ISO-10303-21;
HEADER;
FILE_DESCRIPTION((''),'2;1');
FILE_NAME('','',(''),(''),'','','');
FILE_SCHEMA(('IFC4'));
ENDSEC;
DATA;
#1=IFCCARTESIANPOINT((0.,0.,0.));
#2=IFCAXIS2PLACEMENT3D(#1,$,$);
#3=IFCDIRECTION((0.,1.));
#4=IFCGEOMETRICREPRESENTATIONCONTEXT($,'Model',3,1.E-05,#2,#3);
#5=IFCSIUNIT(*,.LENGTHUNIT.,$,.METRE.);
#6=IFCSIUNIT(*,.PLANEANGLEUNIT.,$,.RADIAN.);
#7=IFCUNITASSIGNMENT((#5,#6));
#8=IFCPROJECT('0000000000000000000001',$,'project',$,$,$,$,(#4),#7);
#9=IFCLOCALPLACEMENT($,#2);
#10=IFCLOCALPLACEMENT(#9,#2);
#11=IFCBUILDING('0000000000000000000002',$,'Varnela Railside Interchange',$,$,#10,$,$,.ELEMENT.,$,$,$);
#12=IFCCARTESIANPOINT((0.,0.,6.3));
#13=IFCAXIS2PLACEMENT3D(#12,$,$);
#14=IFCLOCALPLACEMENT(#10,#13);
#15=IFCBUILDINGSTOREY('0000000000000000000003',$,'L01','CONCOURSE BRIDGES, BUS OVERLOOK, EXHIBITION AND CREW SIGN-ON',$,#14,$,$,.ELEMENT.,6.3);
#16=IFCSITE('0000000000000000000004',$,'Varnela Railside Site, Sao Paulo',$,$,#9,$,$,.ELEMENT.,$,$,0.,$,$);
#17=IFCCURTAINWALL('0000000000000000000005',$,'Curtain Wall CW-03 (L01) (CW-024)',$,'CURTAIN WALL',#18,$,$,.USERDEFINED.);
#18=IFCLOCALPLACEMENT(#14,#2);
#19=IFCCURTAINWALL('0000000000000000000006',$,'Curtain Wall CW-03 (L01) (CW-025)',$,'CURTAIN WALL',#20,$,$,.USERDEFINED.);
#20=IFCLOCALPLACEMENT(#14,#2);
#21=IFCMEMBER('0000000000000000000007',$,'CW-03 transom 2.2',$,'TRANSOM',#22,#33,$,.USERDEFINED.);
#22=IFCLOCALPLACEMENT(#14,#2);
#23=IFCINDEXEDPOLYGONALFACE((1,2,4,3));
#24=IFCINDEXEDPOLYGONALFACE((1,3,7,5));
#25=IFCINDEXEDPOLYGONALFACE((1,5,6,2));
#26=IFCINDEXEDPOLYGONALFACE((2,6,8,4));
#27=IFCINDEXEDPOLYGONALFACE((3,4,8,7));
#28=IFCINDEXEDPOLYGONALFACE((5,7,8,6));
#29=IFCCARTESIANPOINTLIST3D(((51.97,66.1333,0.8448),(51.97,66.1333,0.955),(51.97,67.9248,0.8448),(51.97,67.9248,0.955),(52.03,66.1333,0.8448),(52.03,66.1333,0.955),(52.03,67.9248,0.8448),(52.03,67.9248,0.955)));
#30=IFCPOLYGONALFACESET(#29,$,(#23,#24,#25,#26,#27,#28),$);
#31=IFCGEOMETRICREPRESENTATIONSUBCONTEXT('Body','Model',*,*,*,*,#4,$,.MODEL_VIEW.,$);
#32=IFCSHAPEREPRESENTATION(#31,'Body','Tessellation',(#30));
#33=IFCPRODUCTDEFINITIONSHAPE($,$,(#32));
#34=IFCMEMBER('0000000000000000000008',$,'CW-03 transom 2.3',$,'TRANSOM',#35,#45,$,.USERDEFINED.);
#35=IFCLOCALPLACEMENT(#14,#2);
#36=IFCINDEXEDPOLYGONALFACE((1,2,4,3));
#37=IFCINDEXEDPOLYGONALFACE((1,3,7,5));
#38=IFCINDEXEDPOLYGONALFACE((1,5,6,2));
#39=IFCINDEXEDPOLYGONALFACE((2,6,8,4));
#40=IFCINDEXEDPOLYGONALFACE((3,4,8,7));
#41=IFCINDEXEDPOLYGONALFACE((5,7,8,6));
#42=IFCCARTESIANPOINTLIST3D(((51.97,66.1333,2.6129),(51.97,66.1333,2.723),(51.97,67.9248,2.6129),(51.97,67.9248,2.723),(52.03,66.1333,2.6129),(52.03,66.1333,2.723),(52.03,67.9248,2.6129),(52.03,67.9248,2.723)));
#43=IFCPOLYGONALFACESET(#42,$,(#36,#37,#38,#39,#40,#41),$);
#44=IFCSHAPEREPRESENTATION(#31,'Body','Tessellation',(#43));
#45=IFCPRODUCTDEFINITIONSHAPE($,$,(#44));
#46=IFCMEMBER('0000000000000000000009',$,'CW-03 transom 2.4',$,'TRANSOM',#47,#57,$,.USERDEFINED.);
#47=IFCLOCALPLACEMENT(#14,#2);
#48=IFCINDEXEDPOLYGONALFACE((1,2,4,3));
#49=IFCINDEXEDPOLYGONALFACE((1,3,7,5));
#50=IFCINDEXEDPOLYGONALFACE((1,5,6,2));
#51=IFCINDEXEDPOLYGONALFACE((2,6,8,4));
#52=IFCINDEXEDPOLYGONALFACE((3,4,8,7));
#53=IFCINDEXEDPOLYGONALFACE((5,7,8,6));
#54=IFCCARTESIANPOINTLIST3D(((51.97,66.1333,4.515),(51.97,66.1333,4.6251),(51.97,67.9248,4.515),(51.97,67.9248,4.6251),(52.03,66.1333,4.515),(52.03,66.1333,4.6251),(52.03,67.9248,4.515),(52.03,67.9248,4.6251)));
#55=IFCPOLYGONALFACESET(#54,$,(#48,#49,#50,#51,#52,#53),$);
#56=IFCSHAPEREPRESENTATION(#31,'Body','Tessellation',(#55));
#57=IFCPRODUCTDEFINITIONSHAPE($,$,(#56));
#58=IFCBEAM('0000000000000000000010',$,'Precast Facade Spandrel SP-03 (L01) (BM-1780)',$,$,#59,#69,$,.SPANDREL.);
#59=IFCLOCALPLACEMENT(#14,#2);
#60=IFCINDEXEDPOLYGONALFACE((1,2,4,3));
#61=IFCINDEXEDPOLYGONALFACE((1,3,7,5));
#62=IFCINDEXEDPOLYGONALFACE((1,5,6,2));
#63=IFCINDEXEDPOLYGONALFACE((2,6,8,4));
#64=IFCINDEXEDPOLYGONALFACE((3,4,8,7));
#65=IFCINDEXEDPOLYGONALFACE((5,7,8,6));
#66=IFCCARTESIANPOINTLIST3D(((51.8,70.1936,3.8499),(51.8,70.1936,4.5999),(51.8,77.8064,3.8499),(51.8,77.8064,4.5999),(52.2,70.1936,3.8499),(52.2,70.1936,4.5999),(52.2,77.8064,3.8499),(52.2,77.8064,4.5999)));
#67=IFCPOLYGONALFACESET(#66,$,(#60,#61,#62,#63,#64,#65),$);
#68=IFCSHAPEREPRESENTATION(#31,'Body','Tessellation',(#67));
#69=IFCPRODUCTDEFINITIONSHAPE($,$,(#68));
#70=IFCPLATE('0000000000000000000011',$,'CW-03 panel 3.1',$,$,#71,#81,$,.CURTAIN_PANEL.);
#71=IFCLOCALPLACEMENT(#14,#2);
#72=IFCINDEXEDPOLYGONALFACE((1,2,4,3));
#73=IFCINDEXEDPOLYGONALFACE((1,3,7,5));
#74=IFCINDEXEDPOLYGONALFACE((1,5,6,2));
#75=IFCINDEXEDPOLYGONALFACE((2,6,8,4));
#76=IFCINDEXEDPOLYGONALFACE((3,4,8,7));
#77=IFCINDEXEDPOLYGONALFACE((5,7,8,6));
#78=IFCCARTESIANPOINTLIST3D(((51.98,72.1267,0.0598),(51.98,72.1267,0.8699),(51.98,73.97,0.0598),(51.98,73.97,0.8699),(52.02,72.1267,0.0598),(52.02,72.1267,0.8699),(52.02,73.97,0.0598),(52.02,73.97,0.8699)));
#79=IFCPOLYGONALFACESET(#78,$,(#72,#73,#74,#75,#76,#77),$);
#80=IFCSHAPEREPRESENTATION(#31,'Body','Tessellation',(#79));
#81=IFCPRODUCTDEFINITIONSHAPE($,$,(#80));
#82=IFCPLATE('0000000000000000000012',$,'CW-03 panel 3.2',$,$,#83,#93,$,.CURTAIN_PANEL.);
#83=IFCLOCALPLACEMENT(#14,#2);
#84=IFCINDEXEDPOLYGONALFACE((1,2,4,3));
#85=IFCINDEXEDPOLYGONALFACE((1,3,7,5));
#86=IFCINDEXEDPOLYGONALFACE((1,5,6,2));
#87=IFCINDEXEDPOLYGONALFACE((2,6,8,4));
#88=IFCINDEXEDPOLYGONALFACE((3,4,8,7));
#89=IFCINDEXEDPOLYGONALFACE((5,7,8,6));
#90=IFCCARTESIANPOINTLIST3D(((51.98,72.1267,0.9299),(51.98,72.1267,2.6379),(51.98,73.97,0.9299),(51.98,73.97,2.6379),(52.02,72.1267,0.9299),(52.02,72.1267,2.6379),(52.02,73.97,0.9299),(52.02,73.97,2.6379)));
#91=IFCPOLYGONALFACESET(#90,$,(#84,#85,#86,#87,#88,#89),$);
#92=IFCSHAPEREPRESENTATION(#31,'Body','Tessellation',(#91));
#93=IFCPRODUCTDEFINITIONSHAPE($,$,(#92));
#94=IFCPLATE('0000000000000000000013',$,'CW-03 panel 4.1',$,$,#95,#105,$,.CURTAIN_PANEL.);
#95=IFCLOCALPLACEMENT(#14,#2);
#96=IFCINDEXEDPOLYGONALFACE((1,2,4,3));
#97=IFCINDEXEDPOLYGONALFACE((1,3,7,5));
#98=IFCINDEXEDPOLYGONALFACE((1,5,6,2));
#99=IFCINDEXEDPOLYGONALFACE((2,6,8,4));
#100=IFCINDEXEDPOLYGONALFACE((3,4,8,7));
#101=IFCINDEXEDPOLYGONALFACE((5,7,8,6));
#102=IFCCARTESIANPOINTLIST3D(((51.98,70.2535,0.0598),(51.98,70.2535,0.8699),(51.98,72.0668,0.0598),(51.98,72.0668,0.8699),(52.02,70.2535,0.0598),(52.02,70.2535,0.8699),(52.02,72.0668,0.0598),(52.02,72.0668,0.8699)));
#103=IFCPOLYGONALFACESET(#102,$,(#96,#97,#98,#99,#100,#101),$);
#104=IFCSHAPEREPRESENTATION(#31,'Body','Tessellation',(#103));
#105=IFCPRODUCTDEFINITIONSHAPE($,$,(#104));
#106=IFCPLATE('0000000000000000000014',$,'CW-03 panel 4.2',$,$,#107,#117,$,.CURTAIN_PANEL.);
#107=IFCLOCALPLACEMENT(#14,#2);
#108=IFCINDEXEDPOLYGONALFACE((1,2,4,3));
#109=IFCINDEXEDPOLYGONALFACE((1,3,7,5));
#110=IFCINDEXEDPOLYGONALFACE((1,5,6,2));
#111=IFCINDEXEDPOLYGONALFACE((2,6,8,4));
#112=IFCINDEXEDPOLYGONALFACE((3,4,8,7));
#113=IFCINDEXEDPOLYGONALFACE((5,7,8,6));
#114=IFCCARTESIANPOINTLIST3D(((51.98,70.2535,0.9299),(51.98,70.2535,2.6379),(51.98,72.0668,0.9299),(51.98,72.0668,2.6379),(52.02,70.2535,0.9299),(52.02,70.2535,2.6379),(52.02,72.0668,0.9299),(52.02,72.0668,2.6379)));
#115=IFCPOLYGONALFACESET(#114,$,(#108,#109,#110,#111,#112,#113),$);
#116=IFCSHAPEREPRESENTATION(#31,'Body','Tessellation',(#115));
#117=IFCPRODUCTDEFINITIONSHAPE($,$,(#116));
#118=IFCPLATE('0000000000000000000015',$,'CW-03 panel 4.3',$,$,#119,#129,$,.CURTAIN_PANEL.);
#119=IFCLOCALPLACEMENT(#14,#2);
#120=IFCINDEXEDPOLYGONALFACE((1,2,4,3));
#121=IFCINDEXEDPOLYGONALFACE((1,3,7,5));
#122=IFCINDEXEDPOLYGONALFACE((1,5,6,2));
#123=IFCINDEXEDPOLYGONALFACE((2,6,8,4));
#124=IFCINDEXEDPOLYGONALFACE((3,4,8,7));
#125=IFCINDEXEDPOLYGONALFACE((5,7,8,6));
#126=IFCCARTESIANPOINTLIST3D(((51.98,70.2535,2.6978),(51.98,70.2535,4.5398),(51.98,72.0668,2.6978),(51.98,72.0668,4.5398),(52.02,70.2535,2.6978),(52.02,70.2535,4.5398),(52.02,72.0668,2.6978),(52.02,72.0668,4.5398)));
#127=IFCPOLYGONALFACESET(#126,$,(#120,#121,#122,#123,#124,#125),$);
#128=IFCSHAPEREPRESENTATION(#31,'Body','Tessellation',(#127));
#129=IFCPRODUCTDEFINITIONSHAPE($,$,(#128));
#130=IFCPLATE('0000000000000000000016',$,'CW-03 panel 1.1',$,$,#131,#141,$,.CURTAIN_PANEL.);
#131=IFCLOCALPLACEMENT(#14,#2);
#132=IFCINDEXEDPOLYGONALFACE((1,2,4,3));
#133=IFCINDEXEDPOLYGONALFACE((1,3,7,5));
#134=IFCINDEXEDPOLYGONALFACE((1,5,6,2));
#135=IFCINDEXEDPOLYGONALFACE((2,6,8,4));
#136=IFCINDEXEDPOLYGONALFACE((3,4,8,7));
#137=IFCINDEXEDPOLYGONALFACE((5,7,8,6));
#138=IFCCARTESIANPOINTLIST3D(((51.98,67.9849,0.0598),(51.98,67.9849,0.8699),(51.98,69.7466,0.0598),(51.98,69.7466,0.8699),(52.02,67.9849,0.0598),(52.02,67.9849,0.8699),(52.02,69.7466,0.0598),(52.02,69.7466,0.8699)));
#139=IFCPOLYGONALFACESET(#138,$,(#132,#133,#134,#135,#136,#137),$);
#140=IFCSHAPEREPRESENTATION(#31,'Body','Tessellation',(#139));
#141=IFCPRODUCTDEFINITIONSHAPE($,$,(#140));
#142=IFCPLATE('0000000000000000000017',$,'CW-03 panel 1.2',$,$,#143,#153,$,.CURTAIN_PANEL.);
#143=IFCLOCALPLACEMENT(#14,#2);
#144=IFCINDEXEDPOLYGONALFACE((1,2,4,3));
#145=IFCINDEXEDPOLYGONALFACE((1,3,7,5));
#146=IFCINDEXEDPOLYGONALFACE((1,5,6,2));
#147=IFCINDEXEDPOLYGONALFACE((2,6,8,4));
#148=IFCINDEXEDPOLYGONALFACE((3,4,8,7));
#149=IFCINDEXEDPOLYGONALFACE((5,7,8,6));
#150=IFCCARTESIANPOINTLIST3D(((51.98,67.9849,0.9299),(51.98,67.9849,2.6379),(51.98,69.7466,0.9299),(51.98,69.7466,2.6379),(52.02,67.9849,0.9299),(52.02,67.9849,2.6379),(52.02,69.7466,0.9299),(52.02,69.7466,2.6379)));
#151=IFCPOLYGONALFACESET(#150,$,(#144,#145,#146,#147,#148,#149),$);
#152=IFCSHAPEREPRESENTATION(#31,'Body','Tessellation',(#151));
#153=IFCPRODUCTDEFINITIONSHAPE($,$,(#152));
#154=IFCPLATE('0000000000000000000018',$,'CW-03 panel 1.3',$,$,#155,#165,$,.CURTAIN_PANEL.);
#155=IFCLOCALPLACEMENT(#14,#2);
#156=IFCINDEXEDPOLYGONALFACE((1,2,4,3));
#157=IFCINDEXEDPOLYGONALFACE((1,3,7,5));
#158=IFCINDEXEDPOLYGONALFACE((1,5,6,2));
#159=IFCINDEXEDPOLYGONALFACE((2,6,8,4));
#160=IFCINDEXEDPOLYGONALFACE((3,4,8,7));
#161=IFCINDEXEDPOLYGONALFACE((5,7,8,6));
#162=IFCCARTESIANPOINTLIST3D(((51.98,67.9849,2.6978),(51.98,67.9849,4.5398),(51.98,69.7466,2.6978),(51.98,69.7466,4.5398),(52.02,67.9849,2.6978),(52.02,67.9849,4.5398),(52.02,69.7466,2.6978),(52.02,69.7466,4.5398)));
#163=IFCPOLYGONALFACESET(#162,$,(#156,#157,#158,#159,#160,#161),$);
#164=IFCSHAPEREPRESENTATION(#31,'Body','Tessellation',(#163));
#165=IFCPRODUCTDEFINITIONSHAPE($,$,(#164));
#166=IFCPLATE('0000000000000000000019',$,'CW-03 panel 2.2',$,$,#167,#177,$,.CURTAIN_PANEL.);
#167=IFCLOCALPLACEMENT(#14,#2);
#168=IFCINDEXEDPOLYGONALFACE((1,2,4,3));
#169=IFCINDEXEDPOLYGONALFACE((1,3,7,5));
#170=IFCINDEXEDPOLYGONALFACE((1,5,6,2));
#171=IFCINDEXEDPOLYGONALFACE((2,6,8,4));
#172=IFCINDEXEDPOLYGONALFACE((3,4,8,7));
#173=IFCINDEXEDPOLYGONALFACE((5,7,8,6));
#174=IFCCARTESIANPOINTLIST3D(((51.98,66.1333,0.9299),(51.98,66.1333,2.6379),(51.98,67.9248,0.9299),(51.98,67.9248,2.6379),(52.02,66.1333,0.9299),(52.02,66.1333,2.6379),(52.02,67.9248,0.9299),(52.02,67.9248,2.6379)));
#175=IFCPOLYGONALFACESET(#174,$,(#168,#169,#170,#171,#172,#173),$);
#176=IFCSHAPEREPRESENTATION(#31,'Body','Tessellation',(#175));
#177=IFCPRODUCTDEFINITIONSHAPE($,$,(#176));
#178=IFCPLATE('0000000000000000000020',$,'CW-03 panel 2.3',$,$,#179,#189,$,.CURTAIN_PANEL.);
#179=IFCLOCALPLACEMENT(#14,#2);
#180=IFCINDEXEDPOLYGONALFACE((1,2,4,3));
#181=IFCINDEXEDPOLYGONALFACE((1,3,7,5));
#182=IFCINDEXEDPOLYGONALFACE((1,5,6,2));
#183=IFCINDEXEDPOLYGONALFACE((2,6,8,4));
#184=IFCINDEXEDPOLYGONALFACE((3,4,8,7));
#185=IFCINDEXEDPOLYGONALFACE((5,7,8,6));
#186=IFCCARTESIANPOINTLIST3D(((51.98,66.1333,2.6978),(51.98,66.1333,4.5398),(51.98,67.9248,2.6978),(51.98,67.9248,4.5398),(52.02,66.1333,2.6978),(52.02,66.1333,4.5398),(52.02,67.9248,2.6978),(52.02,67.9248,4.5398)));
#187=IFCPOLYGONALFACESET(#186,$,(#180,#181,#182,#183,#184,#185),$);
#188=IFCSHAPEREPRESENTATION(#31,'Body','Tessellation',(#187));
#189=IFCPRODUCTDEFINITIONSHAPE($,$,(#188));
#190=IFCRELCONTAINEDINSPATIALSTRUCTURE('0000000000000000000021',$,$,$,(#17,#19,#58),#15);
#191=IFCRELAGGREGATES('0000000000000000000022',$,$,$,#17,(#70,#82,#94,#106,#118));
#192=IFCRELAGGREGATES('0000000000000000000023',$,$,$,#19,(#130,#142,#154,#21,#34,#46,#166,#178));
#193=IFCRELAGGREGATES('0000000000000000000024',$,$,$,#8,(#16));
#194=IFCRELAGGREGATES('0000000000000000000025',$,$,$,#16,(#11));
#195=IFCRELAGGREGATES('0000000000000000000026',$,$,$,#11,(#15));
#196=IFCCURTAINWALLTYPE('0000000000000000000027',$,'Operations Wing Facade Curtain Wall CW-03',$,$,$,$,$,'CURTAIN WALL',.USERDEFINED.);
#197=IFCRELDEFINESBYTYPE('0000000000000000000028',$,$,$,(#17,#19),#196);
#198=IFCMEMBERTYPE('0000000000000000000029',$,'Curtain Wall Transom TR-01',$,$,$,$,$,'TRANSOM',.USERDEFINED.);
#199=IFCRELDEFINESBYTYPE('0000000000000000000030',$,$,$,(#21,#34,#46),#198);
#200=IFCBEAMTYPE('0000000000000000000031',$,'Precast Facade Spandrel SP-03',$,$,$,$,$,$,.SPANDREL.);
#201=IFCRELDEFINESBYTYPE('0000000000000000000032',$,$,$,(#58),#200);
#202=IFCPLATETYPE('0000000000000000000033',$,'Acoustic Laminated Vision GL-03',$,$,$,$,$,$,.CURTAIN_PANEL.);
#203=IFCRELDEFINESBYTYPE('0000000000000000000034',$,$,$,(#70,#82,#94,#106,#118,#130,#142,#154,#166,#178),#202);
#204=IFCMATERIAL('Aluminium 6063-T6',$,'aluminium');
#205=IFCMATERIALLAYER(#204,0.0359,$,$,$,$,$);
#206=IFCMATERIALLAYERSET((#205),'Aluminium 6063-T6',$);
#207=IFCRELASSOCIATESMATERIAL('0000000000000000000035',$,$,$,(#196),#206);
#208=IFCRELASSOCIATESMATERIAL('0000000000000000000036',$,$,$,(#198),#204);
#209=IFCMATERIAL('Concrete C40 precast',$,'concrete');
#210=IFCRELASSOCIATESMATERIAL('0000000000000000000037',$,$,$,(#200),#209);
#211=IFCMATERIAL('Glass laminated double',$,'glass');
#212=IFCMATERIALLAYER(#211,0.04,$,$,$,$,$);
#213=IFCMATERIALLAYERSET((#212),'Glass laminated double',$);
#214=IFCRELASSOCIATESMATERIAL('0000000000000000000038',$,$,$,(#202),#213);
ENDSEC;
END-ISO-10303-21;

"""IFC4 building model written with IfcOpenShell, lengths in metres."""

from ifc_helpers import new_model, si_unit, direction, frame, origin, origin_2d, place, context, subcontext, project, spatial, rectangle, extrude, material, layer, layer_set, material_profile, profile_set, type_object, element, aggregate, save


model = new_model("IFC4")

# Units and contexts
model_context = context("Model", 3, precision=1e-05, world=origin(), true_north=direction((0.0, 1.0)))
body_context = subcontext(model_context, "Body", "Model", "MODEL_VIEW")
ifc_project = project(units=[si_unit("LENGTHUNIT", "METRE"), si_unit("PLANEANGLEUNIT", "RADIAN")], contexts=[model_context])

# Site, building, storey
site_placement = place(None, origin())
site = spatial("IfcSite", under=ifc_project, at=site_placement, Name="Varnela Railside Site, Sao Paulo", CompositionType="ELEMENT", RefElevation=0.0)
building_placement = place(site_placement, origin())
building = spatial("IfcBuilding", under=site, at=building_placement, Name="Varnela Railside Interchange", CompositionType="ELEMENT")
storey_placement = place(building_placement, frame((0.0, 0.0, 6.3)))
storey = spatial("IfcBuildingStorey", under=building, at=storey_placement, Name="L01", Description="CONCOURSE BRIDGES, BUS OVERLOOK, EXHIBITION AND CREW SIGN-ON", CompositionType="ELEMENT", Elevation=6.3)

# Curtain walls
ifc_material_1 = material(Name="Aluminium 6063-T6", Category="aluminium")
ifc_layer_1 = layer(ifc_material_1, 0.0359)
ifc_layer_set_1 = layer_set([ifc_layer_1], Name="Aluminium 6063-T6")
curtain_wall_type = type_object("IfcCurtainWallType", Name="Operations Wing Facade Curtain Wall CW-03", ElementType="CURTAIN WALL", PredefinedType="USERDEFINED", material=ifc_layer_set_1)
curtain_wall_1_placement = place(storey_placement, origin())
curtain_wall_1 = element("IfcCurtainWall", 1, at=curtain_wall_1_placement, inside=storey, type_object=curtain_wall_type, Name="Curtain Wall CW-03 (L01) (CW-024)", ObjectType="CURTAIN WALL", PredefinedType="USERDEFINED")
curtain_wall_2_placement = place(storey_placement, origin())
curtain_wall_2 = element("IfcCurtainWall", 2, at=curtain_wall_2_placement, inside=storey, type_object=curtain_wall_type, Name="Curtain Wall CW-03 (L01) (CW-025)", ObjectType="CURTAIN WALL", PredefinedType="USERDEFINED")

# Members
ifc_material_profile_1 = material_profile(ifc_material_1, rectangle(XDim=0.0601, YDim=0.1101, at=origin_2d()), Name="ALU 60x110")
ifc_profile_set_1 = profile_set([ifc_material_profile_1], Name="Aluminium 6063-T6")
member_type_1 = type_object("IfcMemberType", Name="Curtain Wall Transom TR-01", ElementType="TRANSOM", PredefinedType="USERDEFINED", material=ifc_profile_set_1)
member_1_placement = place(storey_placement, frame((52.0, 67.9248, 0.8999), z_axis=(0.0, -1.0, 0.0), x_axis=(1.0, 0.0, 0.0)))
member_1 = element("IfcMember", 3, at=member_1_placement, type_object=member_type_1, Name="CW-03 transom 2.2", ObjectType="TRANSOM", PredefinedType="USERDEFINED", context=body_context, shape_type="SweptSolid", body=[
    extrude(rectangle(XDim=0.0601, YDim=0.1101, at=origin_2d()), origin(), (0.0, 0.0, 1.0), 1.7915),
])
member_2_placement = place(storey_placement, frame((52.0, 67.9248, 2.668), z_axis=(0.0, -1.0, 0.0), x_axis=(1.0, 0.0, 0.0)))
member_2 = element("IfcMember", 4, at=member_2_placement, type_object=member_type_1, Name="CW-03 transom 2.3", ObjectType="TRANSOM", PredefinedType="USERDEFINED", context=body_context, shape_type="SweptSolid", body=[
    extrude(rectangle(XDim=0.0601, YDim=0.1101, at=origin_2d()), origin(), (0.0, 0.0, 1.0), 1.7915),
])
member_3_placement = place(storey_placement, frame((52.0, 67.9248, 4.5701), z_axis=(0.0, -1.0, 0.0), x_axis=(1.0, 0.0, 0.0)))
member_3 = element("IfcMember", 5, at=member_3_placement, type_object=member_type_1, Name="CW-03 transom 2.4", ObjectType="TRANSOM", PredefinedType="USERDEFINED", context=body_context, shape_type="SweptSolid", body=[
    extrude(rectangle(XDim=0.0601, YDim=0.1101, at=origin_2d()), origin(), (0.0, 0.0, 1.0), 1.7915),
])

# Beam
ifc_material_2 = material(Name="Concrete C40 precast", Category="concrete")
ifc_material_profile_2 = material_profile(ifc_material_2, rectangle(XDim=0.3999, YDim=0.75, at=origin_2d()), Name="PC 400x750")
ifc_profile_set_2 = profile_set([ifc_material_profile_2], Name="Concrete C40 precast")
beam_type = type_object("IfcBeamType", Name="Precast Facade Spandrel SP-03", PredefinedType="SPANDREL", material=ifc_profile_set_2)
beam_placement = place(storey_placement, frame((52.0, 70.1936, 4.2249), z_axis=(0.0, 1.0, 0.0), x_axis=(-1.0, 0.0, 0.0)))
element("IfcBeam", 6, at=beam_placement, inside=storey, type_object=beam_type, Name="Precast Facade Spandrel SP-03 (L01) (BM-1780)", PredefinedType="SPANDREL", context=body_context, shape_type="SweptSolid", body=[
    extrude(rectangle(XDim=0.3999, YDim=0.75, at=origin_2d()), origin(), (0.0, 0.0, 1.0), 7.6128),
])

# Plates
ifc_material_3 = material(Name="Glass laminated double", Category="glass")
ifc_layer_2 = layer(ifc_material_3, 0.04)
ifc_layer_set_2 = layer_set([ifc_layer_2], Name="Glass laminated double")
plate_type = type_object("IfcPlateType", Name="Acoustic Laminated Vision GL-03", PredefinedType="CURTAIN_PANEL", material=ifc_layer_set_2)
plate_1_placement = place(storey_placement, frame((52.0, 73.0483, 0.0598), z_axis=(0.0, 0.0, 1.0), x_axis=(0.0, -1.0, 0.0)))
plate_1 = element("IfcPlate", 7, at=plate_1_placement, type_object=plate_type, Name="CW-03 panel 3.1", PredefinedType="CURTAIN_PANEL", context=body_context, shape_type="SweptSolid", body=[
    extrude(rectangle(XDim=1.8433, YDim=0.04, at=origin_2d()), origin(), (0.0, 0.0, 1.0), 0.8101),
])
plate_2_placement = place(storey_placement, frame((52.0, 73.0483, 0.9299), z_axis=(0.0, 0.0, 1.0), x_axis=(0.0, -1.0, 0.0)))
plate_2 = element("IfcPlate", 8, at=plate_2_placement, type_object=plate_type, Name="CW-03 panel 3.2", PredefinedType="CURTAIN_PANEL", context=body_context, shape_type="SweptSolid", body=[
    extrude(rectangle(XDim=1.8433, YDim=0.04, at=origin_2d()), origin(), (0.0, 0.0, 1.0), 1.708),
])
plate_3_placement = place(storey_placement, frame((52.0, 71.1602, 0.0598), z_axis=(0.0, 0.0, 1.0), x_axis=(0.0, -1.0, 0.0)))
plate_3 = element("IfcPlate", 9, at=plate_3_placement, type_object=plate_type, Name="CW-03 panel 4.1", PredefinedType="CURTAIN_PANEL", context=body_context, shape_type="SweptSolid", body=[
    extrude(rectangle(XDim=1.8132, YDim=0.04, at=origin_2d()), origin(), (0.0, 0.0, 1.0), 0.8101),
])
plate_4_placement = place(storey_placement, frame((52.0, 71.1602, 0.9299), z_axis=(0.0, 0.0, 1.0), x_axis=(0.0, -1.0, 0.0)))
plate_4 = element("IfcPlate", 10, at=plate_4_placement, type_object=plate_type, Name="CW-03 panel 4.2", PredefinedType="CURTAIN_PANEL", context=body_context, shape_type="SweptSolid", body=[
    extrude(rectangle(XDim=1.8132, YDim=0.04, at=origin_2d()), origin(), (0.0, 0.0, 1.0), 1.708),
])
plate_5_placement = place(storey_placement, frame((52.0, 71.1602, 2.6978), z_axis=(0.0, 0.0, 1.0), x_axis=(0.0, -1.0, 0.0)))
plate_5 = element("IfcPlate", 11, at=plate_5_placement, type_object=plate_type, Name="CW-03 panel 4.3", PredefinedType="CURTAIN_PANEL", context=body_context, shape_type="SweptSolid", body=[
    extrude(rectangle(XDim=1.8132, YDim=0.04, at=origin_2d()), origin(), (0.0, 0.0, 1.0), 1.842),
])
aggregate(curtain_wall_1, [plate_1, plate_2, plate_3, plate_4, plate_5])
plate_6_placement = place(storey_placement, frame((52.0, 68.8657, 0.0598), z_axis=(0.0, 0.0, 1.0), x_axis=(0.0, -1.0, 0.0)))
plate_6 = element("IfcPlate", 12, at=plate_6_placement, type_object=plate_type, Name="CW-03 panel 1.1", PredefinedType="CURTAIN_PANEL", context=body_context, shape_type="SweptSolid", body=[
    extrude(rectangle(XDim=1.7617, YDim=0.04, at=origin_2d()), origin(), (0.0, 0.0, 1.0), 0.8101),
])
plate_7_placement = place(storey_placement, frame((52.0, 68.8657, 0.9299), z_axis=(0.0, 0.0, 1.0), x_axis=(0.0, -1.0, 0.0)))
plate_7 = element("IfcPlate", 13, at=plate_7_placement, type_object=plate_type, Name="CW-03 panel 1.2", PredefinedType="CURTAIN_PANEL", context=body_context, shape_type="SweptSolid", body=[
    extrude(rectangle(XDim=1.7617, YDim=0.04, at=origin_2d()), origin(), (0.0, 0.0, 1.0), 1.708),
])
plate_8_placement = place(storey_placement, frame((52.0, 68.8657, 2.6978), z_axis=(0.0, 0.0, 1.0), x_axis=(0.0, -1.0, 0.0)))
plate_8 = element("IfcPlate", 14, at=plate_8_placement, type_object=plate_type, Name="CW-03 panel 1.3", PredefinedType="CURTAIN_PANEL", context=body_context, shape_type="SweptSolid", body=[
    extrude(rectangle(XDim=1.7617, YDim=0.04, at=origin_2d()), origin(), (0.0, 0.0, 1.0), 1.842),
])
plate_9_placement = place(storey_placement, frame((52.0, 67.0291, 0.9299), z_axis=(0.0, 0.0, 1.0), x_axis=(0.0, -1.0, 0.0)))
plate_9 = element("IfcPlate", 15, at=plate_9_placement, type_object=plate_type, Name="CW-03 panel 2.2", PredefinedType="CURTAIN_PANEL", context=body_context, shape_type="SweptSolid", body=[
    extrude(rectangle(XDim=1.7915, YDim=0.04, at=origin_2d()), origin(), (0.0, 0.0, 1.0), 1.708),
])
plate_10_placement = place(storey_placement, frame((52.0, 67.0291, 2.6978), z_axis=(0.0, 0.0, 1.0), x_axis=(0.0, -1.0, 0.0)))
plate_10 = element("IfcPlate", 16, at=plate_10_placement, type_object=plate_type, Name="CW-03 panel 2.3", PredefinedType="CURTAIN_PANEL", context=body_context, shape_type="SweptSolid", body=[
    extrude(rectangle(XDim=1.7915, YDim=0.04, at=origin_2d()), origin(), (0.0, 0.0, 1.0), 1.842),
])
aggregate(curtain_wall_2, [plate_6, plate_7, plate_8, member_1, member_2, member_3, plate_9, plate_10])

save(model, "model.ifc")
